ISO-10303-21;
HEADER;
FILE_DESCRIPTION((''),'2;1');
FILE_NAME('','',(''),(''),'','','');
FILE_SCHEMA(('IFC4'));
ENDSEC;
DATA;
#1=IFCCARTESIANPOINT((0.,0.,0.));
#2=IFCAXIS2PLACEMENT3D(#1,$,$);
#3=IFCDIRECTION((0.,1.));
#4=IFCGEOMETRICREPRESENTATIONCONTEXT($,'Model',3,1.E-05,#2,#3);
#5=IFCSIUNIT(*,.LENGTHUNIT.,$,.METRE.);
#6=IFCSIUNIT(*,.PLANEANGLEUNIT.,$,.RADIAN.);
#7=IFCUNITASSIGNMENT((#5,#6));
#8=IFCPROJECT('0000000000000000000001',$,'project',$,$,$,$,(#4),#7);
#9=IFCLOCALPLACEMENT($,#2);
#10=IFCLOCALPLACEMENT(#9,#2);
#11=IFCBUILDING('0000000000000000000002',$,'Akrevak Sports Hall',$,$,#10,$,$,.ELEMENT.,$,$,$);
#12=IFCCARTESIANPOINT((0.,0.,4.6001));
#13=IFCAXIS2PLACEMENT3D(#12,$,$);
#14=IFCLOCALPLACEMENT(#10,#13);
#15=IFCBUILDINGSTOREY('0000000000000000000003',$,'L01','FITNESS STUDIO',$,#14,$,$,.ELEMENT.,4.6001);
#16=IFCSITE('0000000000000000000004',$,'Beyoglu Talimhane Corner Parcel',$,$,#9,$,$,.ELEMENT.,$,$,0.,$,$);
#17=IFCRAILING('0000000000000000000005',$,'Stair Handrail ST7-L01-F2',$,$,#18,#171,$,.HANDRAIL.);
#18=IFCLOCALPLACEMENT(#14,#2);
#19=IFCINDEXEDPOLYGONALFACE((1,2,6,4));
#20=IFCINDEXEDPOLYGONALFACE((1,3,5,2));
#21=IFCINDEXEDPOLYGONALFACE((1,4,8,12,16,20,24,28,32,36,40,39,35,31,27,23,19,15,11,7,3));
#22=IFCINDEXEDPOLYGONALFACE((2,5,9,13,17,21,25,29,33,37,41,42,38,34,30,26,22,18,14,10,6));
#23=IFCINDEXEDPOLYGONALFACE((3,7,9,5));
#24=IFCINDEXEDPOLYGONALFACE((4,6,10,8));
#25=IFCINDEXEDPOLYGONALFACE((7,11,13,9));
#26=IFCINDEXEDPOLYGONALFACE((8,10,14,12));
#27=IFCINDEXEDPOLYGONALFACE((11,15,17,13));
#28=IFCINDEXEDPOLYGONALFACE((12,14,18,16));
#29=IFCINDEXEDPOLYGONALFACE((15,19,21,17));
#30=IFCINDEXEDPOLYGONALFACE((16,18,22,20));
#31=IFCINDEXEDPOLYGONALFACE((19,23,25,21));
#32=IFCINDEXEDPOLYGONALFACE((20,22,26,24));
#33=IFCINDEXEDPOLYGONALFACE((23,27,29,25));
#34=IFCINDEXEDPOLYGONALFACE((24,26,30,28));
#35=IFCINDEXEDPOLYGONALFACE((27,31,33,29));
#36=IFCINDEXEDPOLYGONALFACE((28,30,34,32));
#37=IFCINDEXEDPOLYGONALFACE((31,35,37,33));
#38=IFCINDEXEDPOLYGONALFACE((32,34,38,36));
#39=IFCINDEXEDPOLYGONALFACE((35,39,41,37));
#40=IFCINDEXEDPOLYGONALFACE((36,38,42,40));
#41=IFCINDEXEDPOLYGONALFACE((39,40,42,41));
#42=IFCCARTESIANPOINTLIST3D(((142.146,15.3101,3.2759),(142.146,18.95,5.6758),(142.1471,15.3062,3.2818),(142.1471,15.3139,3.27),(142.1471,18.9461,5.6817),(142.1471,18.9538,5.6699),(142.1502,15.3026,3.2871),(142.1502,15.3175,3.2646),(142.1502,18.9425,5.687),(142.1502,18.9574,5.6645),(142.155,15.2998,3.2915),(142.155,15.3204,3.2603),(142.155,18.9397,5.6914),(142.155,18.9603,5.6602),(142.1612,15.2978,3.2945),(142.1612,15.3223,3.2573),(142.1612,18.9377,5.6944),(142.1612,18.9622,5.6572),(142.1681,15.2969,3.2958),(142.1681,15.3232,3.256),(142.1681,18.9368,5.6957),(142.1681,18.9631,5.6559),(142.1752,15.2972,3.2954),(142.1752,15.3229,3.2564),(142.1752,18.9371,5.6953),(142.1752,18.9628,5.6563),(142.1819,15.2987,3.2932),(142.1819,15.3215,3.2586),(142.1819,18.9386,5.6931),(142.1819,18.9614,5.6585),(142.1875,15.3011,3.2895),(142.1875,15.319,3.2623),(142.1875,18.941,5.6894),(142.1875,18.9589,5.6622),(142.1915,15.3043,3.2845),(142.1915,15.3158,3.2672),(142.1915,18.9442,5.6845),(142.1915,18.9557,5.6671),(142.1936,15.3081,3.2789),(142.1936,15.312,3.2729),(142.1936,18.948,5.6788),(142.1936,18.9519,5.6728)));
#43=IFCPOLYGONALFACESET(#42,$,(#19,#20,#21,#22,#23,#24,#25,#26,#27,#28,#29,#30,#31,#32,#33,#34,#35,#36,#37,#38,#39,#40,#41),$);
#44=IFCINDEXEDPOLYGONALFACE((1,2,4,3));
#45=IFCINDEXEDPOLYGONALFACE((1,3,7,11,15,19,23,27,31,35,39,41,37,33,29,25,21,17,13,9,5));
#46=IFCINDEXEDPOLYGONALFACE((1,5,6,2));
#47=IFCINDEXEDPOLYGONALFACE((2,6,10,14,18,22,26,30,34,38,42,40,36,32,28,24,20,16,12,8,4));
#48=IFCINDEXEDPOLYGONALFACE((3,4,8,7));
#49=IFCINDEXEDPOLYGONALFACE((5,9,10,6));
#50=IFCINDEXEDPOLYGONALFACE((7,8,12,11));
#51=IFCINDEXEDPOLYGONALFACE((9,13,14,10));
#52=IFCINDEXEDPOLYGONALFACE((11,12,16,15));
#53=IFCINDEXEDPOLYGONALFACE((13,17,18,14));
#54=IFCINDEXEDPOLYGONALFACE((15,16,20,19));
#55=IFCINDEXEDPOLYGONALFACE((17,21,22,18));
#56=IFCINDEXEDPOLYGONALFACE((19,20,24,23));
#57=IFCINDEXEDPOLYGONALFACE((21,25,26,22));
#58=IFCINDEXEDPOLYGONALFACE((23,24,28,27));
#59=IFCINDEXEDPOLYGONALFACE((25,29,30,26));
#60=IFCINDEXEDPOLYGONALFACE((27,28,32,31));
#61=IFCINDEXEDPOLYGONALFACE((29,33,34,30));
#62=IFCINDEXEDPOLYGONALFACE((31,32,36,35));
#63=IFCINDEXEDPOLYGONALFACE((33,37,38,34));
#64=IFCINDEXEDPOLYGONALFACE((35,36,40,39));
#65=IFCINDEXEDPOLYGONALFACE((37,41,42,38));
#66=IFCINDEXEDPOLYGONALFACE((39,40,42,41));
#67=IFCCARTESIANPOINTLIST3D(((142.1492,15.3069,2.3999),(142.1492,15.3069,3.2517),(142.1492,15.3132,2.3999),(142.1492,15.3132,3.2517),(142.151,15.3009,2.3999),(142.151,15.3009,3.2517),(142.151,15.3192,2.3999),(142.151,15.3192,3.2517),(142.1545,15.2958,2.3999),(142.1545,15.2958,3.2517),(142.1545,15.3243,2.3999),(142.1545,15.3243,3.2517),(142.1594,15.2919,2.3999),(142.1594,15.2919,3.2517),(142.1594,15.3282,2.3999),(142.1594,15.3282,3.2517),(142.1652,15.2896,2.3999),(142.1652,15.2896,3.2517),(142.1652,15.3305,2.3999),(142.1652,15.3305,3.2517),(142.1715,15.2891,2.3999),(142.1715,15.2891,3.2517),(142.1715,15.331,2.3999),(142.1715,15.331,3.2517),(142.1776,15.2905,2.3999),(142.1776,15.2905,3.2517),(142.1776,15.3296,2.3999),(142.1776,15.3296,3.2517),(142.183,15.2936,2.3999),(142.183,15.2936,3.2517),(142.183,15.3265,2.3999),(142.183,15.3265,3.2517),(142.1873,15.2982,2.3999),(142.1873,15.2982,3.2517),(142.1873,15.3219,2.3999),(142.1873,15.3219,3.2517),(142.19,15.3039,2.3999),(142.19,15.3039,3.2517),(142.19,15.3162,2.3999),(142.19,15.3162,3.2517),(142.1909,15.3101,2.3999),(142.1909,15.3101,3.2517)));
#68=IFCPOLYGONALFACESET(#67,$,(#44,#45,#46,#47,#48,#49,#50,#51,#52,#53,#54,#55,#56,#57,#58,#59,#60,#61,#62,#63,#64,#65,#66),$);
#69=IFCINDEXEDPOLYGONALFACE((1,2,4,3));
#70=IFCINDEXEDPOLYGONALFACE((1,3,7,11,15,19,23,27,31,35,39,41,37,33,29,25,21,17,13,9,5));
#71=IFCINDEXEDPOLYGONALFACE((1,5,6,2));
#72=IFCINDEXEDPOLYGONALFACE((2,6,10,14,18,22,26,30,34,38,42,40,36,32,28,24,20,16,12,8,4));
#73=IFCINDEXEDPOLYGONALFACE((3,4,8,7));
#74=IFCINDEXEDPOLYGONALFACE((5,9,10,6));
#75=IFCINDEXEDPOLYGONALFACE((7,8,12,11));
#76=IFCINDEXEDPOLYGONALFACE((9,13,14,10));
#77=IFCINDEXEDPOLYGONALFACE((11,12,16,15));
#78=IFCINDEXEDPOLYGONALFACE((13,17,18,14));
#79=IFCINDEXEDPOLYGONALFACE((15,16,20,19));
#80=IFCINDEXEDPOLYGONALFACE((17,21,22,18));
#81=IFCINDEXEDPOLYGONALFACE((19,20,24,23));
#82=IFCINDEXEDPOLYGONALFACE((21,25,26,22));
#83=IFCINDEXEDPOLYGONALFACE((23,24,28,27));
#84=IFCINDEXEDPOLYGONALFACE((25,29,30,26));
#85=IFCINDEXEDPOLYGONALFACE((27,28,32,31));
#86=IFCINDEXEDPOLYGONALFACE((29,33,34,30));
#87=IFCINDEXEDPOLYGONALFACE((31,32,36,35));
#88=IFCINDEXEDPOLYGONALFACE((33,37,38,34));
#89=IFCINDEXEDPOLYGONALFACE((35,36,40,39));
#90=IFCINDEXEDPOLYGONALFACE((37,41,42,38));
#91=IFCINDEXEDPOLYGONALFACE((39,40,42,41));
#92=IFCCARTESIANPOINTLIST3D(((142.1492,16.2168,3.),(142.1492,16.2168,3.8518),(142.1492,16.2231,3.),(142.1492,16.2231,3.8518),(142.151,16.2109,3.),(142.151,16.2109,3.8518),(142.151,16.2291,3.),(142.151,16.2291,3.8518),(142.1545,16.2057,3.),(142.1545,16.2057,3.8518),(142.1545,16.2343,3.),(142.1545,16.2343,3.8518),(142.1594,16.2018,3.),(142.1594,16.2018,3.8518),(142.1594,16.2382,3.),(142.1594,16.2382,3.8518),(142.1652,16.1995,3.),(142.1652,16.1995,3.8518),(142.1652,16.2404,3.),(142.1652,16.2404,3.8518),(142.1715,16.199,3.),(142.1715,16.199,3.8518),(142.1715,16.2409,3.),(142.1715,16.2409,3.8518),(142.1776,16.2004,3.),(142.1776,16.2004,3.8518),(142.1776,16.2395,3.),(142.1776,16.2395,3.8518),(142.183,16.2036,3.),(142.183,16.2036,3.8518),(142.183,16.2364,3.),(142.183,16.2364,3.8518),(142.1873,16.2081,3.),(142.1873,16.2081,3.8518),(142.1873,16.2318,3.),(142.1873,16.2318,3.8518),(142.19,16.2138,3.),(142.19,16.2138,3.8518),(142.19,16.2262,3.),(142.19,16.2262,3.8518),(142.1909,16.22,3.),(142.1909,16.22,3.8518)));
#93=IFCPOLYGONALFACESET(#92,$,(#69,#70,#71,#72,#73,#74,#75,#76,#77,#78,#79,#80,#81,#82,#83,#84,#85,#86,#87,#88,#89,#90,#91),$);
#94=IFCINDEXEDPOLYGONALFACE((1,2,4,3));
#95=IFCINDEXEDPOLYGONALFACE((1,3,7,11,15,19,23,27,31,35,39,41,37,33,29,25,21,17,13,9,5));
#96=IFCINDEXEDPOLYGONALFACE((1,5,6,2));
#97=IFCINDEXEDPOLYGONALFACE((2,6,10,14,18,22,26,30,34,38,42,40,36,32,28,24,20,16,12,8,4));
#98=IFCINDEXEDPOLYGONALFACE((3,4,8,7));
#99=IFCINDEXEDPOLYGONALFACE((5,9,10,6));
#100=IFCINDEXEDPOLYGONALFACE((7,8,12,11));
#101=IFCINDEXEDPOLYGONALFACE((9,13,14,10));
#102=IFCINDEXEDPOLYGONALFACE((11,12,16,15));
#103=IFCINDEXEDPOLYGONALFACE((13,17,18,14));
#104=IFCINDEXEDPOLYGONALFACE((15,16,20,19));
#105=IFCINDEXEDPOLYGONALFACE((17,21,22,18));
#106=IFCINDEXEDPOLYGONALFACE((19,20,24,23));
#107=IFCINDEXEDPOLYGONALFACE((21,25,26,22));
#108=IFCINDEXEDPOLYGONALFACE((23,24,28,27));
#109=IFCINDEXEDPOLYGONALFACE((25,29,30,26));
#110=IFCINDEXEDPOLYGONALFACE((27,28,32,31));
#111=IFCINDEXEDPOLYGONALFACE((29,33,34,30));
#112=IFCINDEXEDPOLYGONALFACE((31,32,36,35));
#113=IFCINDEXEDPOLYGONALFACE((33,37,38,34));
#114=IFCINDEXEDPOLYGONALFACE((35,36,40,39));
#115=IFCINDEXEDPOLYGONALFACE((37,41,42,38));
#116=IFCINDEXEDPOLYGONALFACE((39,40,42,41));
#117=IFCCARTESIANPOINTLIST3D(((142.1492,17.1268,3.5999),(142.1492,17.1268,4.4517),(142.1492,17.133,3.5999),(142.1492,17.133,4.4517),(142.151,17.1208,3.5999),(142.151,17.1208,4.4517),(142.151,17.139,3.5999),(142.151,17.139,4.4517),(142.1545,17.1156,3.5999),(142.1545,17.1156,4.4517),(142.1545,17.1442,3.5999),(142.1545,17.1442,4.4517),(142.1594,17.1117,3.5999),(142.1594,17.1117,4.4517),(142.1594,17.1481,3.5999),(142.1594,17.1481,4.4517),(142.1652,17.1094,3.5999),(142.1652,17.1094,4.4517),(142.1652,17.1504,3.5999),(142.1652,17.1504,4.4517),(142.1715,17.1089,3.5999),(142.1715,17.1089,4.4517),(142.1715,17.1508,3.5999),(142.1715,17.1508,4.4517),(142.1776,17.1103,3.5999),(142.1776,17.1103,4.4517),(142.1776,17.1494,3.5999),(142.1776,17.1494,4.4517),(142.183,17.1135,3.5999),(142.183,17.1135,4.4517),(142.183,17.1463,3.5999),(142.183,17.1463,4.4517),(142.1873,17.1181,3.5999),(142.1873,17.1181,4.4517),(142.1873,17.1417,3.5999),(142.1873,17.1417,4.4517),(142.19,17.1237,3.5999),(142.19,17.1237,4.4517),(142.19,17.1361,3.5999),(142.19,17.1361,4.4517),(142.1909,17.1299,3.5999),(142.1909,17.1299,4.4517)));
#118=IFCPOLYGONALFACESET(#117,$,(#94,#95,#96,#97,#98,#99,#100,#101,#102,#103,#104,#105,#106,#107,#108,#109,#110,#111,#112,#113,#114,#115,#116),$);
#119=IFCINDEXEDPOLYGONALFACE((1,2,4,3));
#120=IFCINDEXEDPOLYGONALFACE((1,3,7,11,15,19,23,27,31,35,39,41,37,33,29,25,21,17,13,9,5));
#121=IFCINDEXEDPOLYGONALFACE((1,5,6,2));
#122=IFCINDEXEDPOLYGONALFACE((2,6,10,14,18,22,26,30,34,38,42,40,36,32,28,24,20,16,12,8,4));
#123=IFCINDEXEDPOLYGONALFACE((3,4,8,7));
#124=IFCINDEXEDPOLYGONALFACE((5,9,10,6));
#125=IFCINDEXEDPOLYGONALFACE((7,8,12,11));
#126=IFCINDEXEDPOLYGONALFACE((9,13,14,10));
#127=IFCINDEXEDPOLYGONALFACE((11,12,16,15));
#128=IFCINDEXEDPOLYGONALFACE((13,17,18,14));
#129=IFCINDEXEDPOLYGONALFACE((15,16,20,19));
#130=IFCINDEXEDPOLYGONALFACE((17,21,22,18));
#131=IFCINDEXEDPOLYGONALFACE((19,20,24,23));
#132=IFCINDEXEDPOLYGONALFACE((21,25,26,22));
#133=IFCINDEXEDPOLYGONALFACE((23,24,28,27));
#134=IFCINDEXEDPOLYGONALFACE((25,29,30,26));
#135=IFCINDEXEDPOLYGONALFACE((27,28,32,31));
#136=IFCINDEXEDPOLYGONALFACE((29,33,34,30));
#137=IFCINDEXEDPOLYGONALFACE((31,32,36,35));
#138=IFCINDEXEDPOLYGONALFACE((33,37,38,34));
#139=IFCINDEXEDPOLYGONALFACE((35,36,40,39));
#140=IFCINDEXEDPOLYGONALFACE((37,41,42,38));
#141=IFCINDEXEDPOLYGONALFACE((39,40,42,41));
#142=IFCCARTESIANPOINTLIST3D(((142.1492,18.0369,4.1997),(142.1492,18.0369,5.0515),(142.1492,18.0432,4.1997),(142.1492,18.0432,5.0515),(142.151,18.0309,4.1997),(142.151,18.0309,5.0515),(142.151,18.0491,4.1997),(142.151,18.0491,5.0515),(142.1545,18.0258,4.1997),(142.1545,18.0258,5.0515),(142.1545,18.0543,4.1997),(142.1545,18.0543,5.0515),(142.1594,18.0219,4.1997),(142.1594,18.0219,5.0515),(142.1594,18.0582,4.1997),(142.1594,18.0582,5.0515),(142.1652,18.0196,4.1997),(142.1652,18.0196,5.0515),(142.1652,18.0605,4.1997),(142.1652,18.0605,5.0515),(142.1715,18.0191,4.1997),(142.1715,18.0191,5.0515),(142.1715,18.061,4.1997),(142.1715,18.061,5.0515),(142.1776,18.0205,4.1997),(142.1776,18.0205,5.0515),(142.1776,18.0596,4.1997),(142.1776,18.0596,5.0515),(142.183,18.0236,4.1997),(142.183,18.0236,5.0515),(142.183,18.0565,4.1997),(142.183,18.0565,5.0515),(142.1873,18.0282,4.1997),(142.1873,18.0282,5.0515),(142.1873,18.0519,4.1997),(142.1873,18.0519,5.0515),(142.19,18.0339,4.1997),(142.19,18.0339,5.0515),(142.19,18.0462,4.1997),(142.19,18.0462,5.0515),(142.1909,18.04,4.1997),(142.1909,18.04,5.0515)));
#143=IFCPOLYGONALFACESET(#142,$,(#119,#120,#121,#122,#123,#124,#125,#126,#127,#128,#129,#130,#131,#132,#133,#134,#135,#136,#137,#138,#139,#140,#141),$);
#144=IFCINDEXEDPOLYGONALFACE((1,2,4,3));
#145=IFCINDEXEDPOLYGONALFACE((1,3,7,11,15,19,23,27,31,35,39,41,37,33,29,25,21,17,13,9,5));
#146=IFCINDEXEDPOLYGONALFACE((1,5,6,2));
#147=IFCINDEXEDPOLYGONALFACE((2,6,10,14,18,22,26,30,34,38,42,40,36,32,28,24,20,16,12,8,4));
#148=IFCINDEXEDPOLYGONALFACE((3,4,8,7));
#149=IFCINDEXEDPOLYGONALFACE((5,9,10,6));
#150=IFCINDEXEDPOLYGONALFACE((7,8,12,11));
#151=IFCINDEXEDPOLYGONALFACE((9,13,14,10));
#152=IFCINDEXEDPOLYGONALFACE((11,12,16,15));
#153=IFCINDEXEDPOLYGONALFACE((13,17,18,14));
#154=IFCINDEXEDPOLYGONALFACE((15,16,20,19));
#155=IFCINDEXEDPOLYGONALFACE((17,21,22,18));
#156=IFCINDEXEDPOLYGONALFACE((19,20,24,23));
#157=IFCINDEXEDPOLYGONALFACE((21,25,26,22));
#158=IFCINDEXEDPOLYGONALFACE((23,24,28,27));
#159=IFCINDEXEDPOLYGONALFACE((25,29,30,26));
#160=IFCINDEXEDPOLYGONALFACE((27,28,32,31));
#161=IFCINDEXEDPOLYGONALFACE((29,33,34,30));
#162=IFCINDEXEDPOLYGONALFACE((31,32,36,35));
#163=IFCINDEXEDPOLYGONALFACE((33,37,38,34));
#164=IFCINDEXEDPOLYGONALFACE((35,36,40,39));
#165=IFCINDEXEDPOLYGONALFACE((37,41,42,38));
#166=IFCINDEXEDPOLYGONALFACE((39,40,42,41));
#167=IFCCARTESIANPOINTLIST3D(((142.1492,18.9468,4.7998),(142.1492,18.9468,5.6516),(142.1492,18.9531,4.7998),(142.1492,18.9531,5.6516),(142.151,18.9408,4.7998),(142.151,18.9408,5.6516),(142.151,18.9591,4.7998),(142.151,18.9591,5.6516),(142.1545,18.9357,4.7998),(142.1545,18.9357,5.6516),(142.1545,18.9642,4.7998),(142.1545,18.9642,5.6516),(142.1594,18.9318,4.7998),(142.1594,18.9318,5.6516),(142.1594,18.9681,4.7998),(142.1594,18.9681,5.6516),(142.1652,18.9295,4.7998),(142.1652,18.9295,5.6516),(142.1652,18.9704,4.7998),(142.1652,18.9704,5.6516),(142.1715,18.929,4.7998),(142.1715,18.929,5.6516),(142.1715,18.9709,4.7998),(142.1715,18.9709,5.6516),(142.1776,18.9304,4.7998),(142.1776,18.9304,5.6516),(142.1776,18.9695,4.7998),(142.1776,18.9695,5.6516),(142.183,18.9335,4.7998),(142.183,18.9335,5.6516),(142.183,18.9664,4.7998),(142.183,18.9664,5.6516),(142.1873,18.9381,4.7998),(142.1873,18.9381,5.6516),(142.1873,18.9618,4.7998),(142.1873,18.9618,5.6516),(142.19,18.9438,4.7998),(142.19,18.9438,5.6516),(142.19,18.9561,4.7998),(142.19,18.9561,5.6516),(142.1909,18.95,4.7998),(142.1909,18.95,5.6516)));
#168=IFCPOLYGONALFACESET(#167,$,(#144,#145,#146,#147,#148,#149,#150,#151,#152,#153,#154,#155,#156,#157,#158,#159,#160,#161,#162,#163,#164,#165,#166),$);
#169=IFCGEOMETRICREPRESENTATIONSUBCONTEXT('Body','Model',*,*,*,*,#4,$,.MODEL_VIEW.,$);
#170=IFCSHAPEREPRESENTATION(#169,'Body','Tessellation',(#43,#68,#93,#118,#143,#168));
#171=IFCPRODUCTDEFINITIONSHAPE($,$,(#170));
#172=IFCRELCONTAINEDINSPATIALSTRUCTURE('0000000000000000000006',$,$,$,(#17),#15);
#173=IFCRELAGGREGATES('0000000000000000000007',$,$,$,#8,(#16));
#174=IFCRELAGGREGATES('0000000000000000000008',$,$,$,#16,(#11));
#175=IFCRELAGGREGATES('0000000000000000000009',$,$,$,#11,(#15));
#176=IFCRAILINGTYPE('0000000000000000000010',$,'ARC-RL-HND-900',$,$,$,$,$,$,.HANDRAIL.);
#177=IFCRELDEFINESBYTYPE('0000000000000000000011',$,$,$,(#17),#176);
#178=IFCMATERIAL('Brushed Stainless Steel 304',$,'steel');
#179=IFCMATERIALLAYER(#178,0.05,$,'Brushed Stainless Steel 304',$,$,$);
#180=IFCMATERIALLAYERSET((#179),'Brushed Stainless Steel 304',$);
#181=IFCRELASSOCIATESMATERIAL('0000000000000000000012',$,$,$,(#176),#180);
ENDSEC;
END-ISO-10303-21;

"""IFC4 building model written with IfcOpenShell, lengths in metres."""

from ifc_helpers import new_model, si_unit, direction, frame, origin, origin_2d, place, context, subcontext, project, spatial, circle, extrude, material, layer, layer_set, type_object, element, save


model = new_model("IFC4")

# Units and contexts
model_context = context("Model", 3, precision=1e-05, world=origin(), true_north=direction((0.0, 1.0)))
body_context = subcontext(model_context, "Body", "Model", "MODEL_VIEW")
ifc_project = project(units=[si_unit("LENGTHUNIT", "METRE"), si_unit("PLANEANGLEUNIT", "RADIAN")], contexts=[model_context])

# Site, building, storey
site_placement = place(None, origin())
site = spatial("IfcSite", under=ifc_project, at=site_placement, Name="Beyoglu Talimhane Corner Parcel", CompositionType="ELEMENT", RefElevation=0.0)
building_placement = place(site_placement, origin())
building = spatial("IfcBuilding", under=site, at=building_placement, Name="Akrevak Sports Hall", CompositionType="ELEMENT")
storey_placement = place(building_placement, frame((0.0, 0.0, 4.6001)))
storey = spatial("IfcBuildingStorey", under=building, at=storey_placement, Name="L01", Description="FITNESS STUDIO", CompositionType="ELEMENT", Elevation=4.6001)

# Railing
ifc_material_1 = material(Name="Brushed Stainless Steel 304", Category="steel")
ifc_layer_1 = layer(ifc_material_1, 0.05, Name="Brushed Stainless Steel 304")
ifc_layer_set_1 = layer_set([ifc_layer_1], Name="Brushed Stainless Steel 304")
railing_type_1 = type_object("IfcRailingType", Name="ARC-RL-HND-900", PredefinedType="HANDRAIL", material=ifc_layer_set_1)
railing_1_placement = place(storey_placement, frame((142.1699, 15.3101, 2.3999)))
element("IfcRailing", 1, at=railing_1_placement, inside=storey, type_object=railing_type_1, Name="Stair Handrail ST7-L01-F2", PredefinedType="HANDRAIL", context=body_context, shape_type="SweptSolid", body=[
    extrude(circle(Radius=0.0239, at=origin_2d()), frame((0.0, 0.0, 0.876), z_axis=(0.0, 0.834865, 0.550454), x_axis=(-1.0, 0.0, 0.0)), (0.0, 0.0, 1.0), 4.3599),
    extrude(circle(Radius=0.021, at=origin_2d()), origin(), (0.0, 0.0, 1.0), 0.8518),
    extrude(circle(Radius=0.021, at=origin_2d()), frame((0.0, 0.9099, 0.6001)), (0.0, 0.0, 1.0), 0.8518),
    extrude(circle(Radius=0.021, at=origin_2d()), frame((0.0, 1.8198, 1.2)), (0.0, 0.0, 1.0), 0.8518),
    extrude(circle(Radius=0.021, at=origin_2d()), frame((0.0, 2.73, 1.7998)), (0.0, 0.0, 1.0), 0.8518),
    extrude(circle(Radius=0.021, at=origin_2d()), frame((0.0, 3.6399, 2.3999)), (0.0, 0.0, 1.0), 0.8518),
])

save(model, "model.ifc")
